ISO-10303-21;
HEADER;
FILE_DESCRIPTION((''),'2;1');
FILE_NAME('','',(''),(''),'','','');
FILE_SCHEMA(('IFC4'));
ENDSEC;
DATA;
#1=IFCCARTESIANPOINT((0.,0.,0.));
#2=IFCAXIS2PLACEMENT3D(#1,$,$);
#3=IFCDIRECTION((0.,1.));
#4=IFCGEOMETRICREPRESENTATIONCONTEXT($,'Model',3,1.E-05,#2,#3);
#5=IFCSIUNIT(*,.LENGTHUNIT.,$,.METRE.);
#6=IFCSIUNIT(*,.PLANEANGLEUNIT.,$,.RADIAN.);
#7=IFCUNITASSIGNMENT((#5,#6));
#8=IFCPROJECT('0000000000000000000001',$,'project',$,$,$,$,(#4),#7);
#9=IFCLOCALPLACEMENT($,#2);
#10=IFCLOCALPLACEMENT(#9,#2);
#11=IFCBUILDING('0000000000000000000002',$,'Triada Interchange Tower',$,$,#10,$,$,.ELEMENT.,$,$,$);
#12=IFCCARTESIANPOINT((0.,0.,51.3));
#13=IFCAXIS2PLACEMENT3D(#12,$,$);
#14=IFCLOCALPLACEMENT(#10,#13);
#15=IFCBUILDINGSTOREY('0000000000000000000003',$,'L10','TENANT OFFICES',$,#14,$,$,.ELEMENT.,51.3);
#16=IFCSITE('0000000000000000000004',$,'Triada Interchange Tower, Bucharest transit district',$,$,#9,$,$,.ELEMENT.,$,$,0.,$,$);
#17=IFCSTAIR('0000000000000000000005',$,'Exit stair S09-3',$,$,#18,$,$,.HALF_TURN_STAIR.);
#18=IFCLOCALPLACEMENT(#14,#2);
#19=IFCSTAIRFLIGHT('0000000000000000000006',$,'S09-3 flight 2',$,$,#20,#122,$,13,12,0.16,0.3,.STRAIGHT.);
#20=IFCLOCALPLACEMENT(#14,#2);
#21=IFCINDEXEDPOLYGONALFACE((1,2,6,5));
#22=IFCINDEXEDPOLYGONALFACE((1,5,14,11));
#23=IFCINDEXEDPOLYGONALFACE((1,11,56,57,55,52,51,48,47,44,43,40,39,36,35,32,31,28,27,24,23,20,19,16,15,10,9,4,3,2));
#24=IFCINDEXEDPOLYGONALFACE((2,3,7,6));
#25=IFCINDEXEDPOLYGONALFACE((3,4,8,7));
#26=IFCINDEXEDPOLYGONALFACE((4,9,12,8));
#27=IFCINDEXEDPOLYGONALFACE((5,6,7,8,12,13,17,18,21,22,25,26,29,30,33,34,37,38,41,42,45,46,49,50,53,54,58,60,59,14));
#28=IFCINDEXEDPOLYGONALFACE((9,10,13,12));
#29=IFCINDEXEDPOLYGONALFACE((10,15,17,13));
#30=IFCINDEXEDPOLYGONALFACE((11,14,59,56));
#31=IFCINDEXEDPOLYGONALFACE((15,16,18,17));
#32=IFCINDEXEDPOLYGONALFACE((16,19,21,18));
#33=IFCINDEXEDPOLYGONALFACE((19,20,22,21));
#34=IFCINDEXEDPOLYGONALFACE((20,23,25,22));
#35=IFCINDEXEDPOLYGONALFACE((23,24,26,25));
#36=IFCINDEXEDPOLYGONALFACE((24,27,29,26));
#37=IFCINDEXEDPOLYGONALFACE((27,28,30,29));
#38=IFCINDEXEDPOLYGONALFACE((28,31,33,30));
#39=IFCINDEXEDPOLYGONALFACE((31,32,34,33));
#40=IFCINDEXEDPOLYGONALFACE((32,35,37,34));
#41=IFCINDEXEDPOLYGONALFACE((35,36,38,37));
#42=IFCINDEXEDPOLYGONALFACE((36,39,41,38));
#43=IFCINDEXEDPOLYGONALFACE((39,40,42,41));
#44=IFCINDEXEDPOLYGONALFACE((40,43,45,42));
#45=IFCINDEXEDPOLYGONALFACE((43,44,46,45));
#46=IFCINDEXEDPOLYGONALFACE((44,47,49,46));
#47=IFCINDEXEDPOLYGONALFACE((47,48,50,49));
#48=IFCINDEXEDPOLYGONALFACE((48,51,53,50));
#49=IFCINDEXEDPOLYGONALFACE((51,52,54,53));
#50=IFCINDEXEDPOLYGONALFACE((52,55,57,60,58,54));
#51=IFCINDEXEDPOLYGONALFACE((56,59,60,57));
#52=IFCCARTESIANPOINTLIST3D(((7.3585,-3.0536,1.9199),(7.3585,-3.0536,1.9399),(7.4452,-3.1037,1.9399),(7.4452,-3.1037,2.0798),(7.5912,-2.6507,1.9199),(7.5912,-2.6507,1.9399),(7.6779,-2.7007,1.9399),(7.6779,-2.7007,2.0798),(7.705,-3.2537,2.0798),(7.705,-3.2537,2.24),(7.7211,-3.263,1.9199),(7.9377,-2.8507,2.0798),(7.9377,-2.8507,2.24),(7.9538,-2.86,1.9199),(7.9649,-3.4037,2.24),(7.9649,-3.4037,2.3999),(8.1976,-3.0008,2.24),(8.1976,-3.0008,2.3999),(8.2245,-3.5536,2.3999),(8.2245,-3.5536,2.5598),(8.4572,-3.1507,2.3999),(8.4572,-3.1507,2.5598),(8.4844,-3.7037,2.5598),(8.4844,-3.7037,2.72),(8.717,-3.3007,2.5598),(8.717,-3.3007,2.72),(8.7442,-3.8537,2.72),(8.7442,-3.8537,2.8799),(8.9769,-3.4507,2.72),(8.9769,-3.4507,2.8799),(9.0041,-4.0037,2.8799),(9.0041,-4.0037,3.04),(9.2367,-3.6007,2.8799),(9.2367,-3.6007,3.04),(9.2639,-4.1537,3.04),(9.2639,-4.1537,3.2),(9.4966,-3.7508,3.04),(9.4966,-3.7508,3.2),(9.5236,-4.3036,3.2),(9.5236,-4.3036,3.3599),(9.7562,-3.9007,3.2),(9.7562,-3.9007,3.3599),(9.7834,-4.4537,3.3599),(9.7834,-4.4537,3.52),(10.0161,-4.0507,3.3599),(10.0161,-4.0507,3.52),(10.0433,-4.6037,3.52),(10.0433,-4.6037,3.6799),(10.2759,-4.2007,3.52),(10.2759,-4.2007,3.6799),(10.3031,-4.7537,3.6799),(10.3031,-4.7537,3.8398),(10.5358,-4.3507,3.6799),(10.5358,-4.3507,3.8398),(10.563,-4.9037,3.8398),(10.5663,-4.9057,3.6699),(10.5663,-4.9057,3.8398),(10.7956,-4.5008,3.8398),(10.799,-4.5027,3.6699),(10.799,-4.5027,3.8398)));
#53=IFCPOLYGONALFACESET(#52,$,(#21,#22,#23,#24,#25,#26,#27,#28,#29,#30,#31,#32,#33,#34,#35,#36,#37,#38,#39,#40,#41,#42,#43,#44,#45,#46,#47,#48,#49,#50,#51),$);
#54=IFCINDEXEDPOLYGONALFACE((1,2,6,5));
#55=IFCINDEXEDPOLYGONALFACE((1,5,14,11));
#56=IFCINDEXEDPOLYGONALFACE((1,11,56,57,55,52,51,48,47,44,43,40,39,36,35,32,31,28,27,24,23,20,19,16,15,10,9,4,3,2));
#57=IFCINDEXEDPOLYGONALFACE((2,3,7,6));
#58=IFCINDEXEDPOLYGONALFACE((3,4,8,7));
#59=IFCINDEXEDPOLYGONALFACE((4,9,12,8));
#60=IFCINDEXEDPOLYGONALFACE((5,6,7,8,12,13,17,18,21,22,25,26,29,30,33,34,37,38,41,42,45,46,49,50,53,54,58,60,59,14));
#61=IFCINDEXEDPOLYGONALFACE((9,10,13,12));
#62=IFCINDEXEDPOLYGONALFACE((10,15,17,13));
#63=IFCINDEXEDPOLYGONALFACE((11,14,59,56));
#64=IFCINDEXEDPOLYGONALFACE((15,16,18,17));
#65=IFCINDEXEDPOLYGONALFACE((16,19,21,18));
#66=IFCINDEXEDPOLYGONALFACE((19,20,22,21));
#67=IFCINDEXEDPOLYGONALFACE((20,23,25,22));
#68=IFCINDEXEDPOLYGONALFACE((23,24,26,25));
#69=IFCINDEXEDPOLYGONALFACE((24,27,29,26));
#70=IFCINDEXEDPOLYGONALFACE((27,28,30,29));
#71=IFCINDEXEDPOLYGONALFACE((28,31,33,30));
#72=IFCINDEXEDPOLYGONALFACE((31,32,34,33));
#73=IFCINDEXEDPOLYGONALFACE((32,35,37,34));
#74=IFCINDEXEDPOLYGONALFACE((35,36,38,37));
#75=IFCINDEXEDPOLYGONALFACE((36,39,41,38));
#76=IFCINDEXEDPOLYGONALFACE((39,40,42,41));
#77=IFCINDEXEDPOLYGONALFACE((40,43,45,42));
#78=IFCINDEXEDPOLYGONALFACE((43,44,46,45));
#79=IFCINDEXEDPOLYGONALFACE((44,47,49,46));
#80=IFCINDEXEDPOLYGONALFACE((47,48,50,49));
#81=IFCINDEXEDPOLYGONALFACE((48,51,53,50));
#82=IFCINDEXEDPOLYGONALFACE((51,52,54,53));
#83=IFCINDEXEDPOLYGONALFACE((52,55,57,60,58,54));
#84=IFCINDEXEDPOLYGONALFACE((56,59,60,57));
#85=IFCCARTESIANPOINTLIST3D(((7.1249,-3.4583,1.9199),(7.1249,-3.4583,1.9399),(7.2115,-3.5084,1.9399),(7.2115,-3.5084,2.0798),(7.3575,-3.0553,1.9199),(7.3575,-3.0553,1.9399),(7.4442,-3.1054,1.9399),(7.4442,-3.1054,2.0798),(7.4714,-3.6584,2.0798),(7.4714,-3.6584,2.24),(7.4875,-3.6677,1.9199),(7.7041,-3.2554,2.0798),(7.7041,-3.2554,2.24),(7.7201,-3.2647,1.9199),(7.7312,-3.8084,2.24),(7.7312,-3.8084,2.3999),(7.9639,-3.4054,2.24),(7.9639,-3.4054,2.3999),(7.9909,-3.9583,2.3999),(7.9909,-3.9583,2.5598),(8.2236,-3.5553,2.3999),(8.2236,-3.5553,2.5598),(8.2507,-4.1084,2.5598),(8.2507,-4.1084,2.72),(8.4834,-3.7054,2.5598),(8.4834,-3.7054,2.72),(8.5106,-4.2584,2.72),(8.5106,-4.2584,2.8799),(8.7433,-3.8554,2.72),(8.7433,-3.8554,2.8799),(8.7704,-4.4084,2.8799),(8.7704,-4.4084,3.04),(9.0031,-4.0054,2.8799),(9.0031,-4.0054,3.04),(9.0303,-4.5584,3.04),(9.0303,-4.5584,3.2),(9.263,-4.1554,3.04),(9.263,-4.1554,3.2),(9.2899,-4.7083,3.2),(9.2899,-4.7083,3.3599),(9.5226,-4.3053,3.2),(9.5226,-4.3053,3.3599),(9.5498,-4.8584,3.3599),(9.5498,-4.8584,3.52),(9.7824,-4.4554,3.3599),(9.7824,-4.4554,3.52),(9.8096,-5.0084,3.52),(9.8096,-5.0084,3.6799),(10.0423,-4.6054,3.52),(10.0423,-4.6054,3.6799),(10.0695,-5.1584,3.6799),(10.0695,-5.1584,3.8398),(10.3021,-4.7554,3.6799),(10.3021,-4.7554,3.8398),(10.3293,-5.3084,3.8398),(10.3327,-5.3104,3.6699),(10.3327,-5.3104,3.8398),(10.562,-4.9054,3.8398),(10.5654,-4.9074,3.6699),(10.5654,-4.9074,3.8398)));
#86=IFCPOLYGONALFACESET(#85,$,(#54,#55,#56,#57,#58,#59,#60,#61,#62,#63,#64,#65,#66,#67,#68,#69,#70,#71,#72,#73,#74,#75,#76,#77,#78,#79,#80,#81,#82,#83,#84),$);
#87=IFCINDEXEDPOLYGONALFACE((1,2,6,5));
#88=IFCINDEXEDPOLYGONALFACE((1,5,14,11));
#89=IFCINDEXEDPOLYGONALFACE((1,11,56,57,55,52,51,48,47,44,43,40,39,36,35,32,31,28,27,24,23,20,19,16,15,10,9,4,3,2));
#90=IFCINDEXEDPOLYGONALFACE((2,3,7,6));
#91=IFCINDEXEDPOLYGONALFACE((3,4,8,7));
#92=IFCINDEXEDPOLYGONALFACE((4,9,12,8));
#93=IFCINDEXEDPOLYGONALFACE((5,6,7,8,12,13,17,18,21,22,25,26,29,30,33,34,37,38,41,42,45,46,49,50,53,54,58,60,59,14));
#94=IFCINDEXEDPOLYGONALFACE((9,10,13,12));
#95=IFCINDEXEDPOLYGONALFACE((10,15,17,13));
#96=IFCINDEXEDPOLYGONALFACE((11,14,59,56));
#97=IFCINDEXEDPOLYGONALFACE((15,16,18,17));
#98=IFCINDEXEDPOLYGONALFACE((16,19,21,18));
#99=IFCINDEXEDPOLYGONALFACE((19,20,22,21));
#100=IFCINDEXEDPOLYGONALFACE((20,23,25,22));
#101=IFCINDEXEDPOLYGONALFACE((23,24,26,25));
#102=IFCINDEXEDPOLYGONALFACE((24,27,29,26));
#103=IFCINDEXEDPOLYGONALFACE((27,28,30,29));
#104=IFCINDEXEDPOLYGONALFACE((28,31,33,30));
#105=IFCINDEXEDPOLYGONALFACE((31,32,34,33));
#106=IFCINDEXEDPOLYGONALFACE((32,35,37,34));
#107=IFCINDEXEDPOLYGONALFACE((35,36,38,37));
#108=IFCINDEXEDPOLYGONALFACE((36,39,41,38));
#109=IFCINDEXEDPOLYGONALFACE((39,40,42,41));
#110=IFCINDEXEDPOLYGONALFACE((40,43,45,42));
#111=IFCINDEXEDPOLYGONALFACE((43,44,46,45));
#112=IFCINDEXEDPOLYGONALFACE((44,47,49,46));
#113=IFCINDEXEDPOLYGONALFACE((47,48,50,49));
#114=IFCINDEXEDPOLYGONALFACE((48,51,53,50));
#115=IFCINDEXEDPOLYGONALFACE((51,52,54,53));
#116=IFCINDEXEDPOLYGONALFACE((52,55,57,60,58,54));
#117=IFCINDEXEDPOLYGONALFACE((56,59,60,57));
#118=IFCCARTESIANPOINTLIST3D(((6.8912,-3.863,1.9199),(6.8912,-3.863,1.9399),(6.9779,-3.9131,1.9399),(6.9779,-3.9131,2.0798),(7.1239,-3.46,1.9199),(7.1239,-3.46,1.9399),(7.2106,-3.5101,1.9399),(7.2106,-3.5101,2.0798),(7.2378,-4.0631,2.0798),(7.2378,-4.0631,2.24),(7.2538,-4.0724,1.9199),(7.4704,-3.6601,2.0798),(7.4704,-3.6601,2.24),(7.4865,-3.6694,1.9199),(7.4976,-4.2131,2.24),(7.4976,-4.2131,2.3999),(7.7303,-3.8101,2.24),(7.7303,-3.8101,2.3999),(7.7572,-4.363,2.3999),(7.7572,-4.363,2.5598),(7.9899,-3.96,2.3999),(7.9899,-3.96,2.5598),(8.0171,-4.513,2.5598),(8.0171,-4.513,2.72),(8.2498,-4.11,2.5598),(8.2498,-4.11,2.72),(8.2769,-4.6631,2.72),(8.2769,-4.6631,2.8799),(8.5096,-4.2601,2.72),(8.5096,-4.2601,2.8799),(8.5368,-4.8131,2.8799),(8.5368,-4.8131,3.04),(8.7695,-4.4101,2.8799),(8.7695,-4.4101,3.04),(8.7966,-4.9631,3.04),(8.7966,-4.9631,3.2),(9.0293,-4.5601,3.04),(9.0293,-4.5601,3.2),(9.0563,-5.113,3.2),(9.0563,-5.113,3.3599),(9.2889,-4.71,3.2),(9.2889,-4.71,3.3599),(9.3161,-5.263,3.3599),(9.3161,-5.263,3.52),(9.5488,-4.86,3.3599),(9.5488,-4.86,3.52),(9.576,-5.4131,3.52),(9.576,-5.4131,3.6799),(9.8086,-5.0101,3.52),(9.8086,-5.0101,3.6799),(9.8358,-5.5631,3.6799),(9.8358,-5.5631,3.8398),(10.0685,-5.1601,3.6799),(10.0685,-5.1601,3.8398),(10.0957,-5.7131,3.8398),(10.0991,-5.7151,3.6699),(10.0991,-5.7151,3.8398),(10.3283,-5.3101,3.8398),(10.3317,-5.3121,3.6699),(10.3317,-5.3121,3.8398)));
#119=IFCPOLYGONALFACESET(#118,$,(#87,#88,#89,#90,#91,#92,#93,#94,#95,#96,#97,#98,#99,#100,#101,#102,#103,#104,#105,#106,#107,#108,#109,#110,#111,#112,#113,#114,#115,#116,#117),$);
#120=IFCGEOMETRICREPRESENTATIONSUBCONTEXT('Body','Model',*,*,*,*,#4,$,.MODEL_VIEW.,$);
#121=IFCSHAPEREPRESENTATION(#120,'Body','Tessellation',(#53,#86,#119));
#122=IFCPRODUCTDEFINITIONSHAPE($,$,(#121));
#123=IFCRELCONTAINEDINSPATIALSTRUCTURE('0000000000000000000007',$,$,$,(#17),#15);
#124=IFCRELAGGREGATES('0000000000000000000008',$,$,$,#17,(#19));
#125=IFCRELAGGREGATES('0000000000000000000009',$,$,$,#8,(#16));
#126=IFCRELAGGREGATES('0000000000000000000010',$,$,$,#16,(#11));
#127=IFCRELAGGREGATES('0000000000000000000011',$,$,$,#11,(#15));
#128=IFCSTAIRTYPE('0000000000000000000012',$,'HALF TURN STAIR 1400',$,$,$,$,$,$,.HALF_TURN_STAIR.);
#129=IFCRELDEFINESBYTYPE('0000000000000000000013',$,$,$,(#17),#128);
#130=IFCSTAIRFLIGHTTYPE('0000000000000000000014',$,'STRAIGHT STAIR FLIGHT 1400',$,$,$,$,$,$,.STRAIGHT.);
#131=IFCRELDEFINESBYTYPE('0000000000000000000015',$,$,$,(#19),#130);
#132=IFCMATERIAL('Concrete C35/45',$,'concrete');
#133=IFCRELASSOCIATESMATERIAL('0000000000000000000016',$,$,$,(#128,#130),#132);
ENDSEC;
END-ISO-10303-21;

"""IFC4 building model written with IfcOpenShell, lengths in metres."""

from ifc_helpers import new_model, si_unit, direction, frame, origin, place, context, subcontext, project, spatial, polyline, outline, extrude, material, type_object, element, aggregate, save


model = new_model("IFC4")

# Units and contexts
model_context = context("Model", 3, precision=1e-05, world=origin(), true_north=direction((0.0, 1.0)))
body_context = subcontext(model_context, "Body", "Model", "MODEL_VIEW")
ifc_project = project(units=[si_unit("LENGTHUNIT", "METRE"), si_unit("PLANEANGLEUNIT", "RADIAN")], contexts=[model_context])

# Site, building, storey
site_placement = place(None, origin())
site = spatial("IfcSite", under=ifc_project, at=site_placement, Name="Triada Interchange Tower, Bucharest transit district", CompositionType="ELEMENT", RefElevation=0.0)
building_placement = place(site_placement, origin())
building = spatial("IfcBuilding", under=site, at=building_placement, Name="Triada Interchange Tower", CompositionType="ELEMENT")
storey_placement = place(building_placement, frame((0.0, 0.0, 51.3)))
storey = spatial("IfcBuildingStorey", under=building, at=storey_placement, Name="L10", Description="TENANT OFFICES", CompositionType="ELEMENT", Elevation=51.3)

# Stair, stair flight
ifc_material_1 = material(Name="Concrete C35/45", Category="concrete")
stair_type = type_object("IfcStairType", Name="HALF TURN STAIR 1400", PredefinedType="HALF_TURN_STAIR", material=ifc_material_1)
stair_placement = place(storey_placement, origin())
stair = element("IfcStair", 1, at=stair_placement, inside=storey, type_object=stair_type, Name="Exit stair S09-3", PredefinedType="HALF_TURN_STAIR")
stair_flight_type = type_object("IfcStairFlightType", Name="STRAIGHT STAIR FLIGHT 1400", PredefinedType="STRAIGHT", material=ifc_material_1)
stair_flight_1_placement = place(storey_placement, frame((7.3279, -3.3069, 1.9199), z_axis=(0.0, 0.0, 1.0), x_axis=(0.866025, -0.5, 0.0)))
stair_flight_1 = element("IfcStairFlight", 2, at=stair_flight_1_placement, type_object=stair_flight_type, Name="S09-3 flight 2", NumberOfRisers=13, NumberOfTreads=12, PredefinedType="STRAIGHT", RiserHeight=0.16, TreadLength=0.3, context=body_context, shape_type="SweptSolid", body=[
    extrude(outline(polyline([(-0.1001, 0.0), (-0.1001, 0.02), (0.0, 0.02), (0.0, 0.1599), (0.3, 0.1599), (0.3, 0.3201), (0.6001, 0.3201), (0.6001, 0.48), (0.8999, 0.48), (0.8999, 0.6399), (1.2, 0.6399), (1.2, 0.8), (1.5, 0.8), (1.5, 0.96), (1.8, 0.96), (1.8, 1.1201), (2.1001, 1.1201), (2.1001, 1.28), (2.3999, 1.28), (2.3999, 1.4399), (2.7, 1.4399), (2.7, 1.6001), (3.0, 1.6001), (3.0, 1.76), (3.3, 1.76), (3.3, 1.9199), (3.6001, 1.9199), (3.604, 1.9199), (3.604, 2.0801), (3.604, 1.75), (0.3186, 0.0), (-0.1001, 0.0)])), frame((0.0, 0.7, 0.0), z_axis=(0.0, -1.0, 0.0), x_axis=(1.0, 0.0, 0.0)), (0.0, 0.0, 1.0), 0.4653),
    extrude(outline(polyline([(-0.1001, 0.0), (-0.1001, 0.02), (0.0, 0.02), (0.0, 0.1599), (0.3, 0.1599), (0.3, 0.3201), (0.6001, 0.3201), (0.6001, 0.48), (0.8999, 0.48), (0.8999, 0.6399), (1.2, 0.6399), (1.2, 0.8), (1.5, 0.8), (1.5, 0.96), (1.8, 0.96), (1.8, 1.1201), (2.1001, 1.1201), (2.1001, 1.28), (2.3999, 1.28), (2.3999, 1.4399), (2.7, 1.4399), (2.7, 1.6001), (3.0, 1.6001), (3.0, 1.76), (3.3, 1.76), (3.3, 1.9199), (3.6001, 1.9199), (3.604, 1.9199), (3.604, 2.0801), (3.604, 1.75), (0.3186, 0.0), (-0.1001, 0.0)])), frame((0.0, 0.2327, 0.0), z_axis=(0.0, -1.0, 0.0), x_axis=(1.0, 0.0, 0.0)), (0.0, 0.0, 1.0), 0.4653),
    extrude(outline(polyline([(-0.1001, 0.0), (-0.1001, 0.02), (0.0, 0.02), (0.0, 0.1599), (0.3, 0.1599), (0.3, 0.3201), (0.6001, 0.3201), (0.6001, 0.48), (0.8999, 0.48), (0.8999, 0.6399), (1.2, 0.6399), (1.2, 0.8), (1.5, 0.8), (1.5, 0.96), (1.8, 0.96), (1.8, 1.1201), (2.1001, 1.1201), (2.1001, 1.28), (2.3999, 1.28), (2.3999, 1.4399), (2.7, 1.4399), (2.7, 1.6001), (3.0, 1.6001), (3.0, 1.76), (3.3, 1.76), (3.3, 1.9199), (3.6001, 1.9199), (3.604, 1.9199), (3.604, 2.0801), (3.604, 1.75), (0.3186, 0.0), (-0.1001, 0.0)])), frame((0.0, -0.2346, 0.0), z_axis=(0.0, -1.0, 0.0), x_axis=(1.0, 0.0, 0.0)), (0.0, 0.0, 1.0), 0.4653),
])
aggregate(stair, [stair_flight_1])

save(model, "model.ifc")
